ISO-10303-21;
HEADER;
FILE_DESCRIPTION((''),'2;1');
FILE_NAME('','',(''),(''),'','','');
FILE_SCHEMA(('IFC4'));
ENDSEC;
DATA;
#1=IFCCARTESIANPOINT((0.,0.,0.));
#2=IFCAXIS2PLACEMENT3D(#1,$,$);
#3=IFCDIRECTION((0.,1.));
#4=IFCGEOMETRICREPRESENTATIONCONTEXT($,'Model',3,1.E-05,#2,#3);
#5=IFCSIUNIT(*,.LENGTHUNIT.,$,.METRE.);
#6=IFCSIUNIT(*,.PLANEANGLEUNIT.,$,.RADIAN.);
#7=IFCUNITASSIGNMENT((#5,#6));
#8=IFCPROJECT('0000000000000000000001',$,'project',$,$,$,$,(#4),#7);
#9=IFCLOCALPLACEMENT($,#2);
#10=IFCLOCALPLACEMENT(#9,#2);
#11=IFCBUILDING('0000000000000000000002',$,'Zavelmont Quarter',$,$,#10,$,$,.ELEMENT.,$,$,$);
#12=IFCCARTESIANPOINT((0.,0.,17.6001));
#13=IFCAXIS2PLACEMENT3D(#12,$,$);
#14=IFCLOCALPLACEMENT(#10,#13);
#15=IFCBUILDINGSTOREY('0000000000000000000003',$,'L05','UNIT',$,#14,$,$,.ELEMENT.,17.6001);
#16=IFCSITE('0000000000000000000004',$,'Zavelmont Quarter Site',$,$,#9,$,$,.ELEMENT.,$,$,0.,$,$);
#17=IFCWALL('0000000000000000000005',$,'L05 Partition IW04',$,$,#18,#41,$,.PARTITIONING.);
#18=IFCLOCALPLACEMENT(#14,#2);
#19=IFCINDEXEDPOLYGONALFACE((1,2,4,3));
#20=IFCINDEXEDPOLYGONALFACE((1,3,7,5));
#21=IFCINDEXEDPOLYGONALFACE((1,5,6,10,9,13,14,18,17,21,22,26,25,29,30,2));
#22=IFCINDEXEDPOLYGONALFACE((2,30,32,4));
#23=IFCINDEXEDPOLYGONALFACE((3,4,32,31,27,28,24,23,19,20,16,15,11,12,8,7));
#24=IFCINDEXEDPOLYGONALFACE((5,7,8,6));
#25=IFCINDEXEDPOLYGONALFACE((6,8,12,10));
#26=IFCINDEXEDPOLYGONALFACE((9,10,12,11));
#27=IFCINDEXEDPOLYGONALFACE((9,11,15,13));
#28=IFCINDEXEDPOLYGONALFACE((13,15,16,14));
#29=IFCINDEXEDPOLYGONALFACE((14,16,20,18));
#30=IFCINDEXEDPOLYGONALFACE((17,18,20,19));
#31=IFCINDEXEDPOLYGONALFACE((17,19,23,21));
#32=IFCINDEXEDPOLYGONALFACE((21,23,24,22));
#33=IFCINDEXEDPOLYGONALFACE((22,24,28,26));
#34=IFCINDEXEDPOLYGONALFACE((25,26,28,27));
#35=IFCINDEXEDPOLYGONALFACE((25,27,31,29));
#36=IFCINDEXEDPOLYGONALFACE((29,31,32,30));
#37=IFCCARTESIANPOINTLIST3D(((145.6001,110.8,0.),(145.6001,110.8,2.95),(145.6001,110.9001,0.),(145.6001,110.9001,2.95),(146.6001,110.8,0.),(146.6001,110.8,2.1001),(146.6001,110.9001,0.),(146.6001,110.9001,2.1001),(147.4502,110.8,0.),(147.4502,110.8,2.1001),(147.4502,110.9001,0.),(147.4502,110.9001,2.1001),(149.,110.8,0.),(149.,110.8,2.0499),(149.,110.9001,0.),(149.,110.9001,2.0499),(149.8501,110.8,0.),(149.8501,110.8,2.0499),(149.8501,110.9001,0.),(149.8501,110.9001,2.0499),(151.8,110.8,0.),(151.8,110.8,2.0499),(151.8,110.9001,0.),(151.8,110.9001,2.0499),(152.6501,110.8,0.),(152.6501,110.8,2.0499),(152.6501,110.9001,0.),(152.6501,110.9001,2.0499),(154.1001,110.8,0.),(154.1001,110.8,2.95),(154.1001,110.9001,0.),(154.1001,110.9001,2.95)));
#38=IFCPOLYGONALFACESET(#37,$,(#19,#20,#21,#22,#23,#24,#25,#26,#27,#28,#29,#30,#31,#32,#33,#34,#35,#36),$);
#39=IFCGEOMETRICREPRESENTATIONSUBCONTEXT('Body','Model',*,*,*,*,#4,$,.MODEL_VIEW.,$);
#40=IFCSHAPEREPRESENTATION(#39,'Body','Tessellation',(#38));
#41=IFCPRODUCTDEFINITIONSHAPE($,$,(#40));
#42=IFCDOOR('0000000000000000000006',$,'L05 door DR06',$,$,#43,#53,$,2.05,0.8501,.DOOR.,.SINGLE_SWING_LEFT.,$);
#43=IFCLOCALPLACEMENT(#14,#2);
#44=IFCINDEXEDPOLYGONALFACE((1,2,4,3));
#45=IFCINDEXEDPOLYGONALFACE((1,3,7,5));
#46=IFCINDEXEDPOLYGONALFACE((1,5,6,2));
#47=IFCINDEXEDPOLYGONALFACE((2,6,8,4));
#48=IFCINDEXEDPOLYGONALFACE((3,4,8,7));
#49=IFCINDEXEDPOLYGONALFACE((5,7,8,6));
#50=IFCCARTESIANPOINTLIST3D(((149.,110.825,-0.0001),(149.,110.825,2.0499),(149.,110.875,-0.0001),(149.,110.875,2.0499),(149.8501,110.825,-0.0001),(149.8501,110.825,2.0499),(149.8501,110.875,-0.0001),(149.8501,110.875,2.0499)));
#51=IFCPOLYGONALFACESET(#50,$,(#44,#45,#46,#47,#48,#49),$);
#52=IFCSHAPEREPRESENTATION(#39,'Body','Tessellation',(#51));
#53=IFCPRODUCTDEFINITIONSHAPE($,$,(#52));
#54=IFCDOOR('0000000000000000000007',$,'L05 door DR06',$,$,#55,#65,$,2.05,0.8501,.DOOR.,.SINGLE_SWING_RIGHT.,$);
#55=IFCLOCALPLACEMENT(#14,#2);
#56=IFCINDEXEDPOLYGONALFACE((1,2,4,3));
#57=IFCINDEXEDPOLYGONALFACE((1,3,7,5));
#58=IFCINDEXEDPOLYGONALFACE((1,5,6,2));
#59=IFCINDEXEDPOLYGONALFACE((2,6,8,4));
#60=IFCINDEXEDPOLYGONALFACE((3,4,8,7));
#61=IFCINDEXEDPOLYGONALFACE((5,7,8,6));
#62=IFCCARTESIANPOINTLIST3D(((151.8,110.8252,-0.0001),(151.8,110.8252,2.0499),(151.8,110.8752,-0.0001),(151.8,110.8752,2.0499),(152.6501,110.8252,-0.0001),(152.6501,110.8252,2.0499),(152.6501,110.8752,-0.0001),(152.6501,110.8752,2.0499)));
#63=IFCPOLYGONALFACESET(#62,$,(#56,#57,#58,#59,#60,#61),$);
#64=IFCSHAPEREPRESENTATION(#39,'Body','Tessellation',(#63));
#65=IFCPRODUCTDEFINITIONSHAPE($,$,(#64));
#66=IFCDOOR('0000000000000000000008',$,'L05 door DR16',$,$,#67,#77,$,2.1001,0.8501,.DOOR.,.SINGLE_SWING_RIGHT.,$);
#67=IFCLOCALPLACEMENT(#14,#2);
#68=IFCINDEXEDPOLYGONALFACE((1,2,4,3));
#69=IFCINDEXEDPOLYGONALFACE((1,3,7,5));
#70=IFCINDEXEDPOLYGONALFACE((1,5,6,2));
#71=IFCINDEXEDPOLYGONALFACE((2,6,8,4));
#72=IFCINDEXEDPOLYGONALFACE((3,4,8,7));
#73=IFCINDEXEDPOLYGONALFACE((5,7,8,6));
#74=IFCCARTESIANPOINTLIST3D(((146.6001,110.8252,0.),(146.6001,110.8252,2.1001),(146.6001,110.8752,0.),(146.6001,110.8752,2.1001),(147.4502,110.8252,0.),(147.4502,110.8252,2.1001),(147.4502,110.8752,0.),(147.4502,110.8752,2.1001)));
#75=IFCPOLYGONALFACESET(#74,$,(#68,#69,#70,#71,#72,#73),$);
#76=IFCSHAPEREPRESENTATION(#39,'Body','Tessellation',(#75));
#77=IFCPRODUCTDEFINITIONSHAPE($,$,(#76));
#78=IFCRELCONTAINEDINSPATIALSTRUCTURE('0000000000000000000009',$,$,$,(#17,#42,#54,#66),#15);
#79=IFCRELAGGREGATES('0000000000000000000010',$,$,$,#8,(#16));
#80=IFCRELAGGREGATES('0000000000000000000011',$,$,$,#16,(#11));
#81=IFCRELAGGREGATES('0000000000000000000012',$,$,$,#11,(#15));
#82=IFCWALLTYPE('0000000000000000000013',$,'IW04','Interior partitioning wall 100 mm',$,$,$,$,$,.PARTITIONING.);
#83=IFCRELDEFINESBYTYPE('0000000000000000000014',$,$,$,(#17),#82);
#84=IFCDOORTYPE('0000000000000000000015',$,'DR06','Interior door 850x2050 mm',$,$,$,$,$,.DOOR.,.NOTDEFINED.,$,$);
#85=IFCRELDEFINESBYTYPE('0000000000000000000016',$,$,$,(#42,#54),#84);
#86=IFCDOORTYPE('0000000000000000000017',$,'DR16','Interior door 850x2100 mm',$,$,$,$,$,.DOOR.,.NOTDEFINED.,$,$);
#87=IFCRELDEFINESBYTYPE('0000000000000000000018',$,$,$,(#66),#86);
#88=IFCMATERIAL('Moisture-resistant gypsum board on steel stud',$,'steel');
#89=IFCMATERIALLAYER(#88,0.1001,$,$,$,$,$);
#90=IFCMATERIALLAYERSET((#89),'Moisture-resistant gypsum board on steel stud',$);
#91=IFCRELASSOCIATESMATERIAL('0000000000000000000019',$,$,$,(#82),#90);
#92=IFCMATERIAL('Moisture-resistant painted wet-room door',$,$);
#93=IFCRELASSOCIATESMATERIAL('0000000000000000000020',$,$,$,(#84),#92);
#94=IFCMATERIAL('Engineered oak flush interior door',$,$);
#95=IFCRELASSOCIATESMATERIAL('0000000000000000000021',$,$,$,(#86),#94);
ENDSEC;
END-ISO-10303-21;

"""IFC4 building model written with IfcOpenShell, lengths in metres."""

from ifc_helpers import new_model, si_unit, direction, frame, frame_2d, origin, origin_with_axes, place, context, subcontext, project, spatial, rectangle, extrude, material, layer, layer_set, type_object, element, fill, save


model = new_model("IFC4")

# Units and contexts
model_context = context("Model", 3, precision=1e-05, world=origin(), true_north=direction((0.0, 1.0)))
body_context = subcontext(model_context, "Body", "Model", "MODEL_VIEW")
ifc_project = project(units=[si_unit("LENGTHUNIT", "METRE"), si_unit("PLANEANGLEUNIT", "RADIAN")], contexts=[model_context])

# Site, building, storey
site_placement = place(None, origin())
site = spatial("IfcSite", under=ifc_project, at=site_placement, Name="Zavelmont Quarter Site", CompositionType="ELEMENT", RefElevation=0.0)
building_placement = place(site_placement, origin())
building = spatial("IfcBuilding", under=site, at=building_placement, Name="Zavelmont Quarter", CompositionType="ELEMENT")
storey_placement = place(building_placement, frame((0.0, 0.0, 17.6001)))
storey = spatial("IfcBuildingStorey", under=building, at=storey_placement, Name="L05", Description="UNIT", CompositionType="ELEMENT", Elevation=17.6001)

# Shared definitions
ifc_material_1 = material(Name="Engineered oak flush interior door")

# Shared definitions
ifc_material_2 = material(Name="Moisture-resistant gypsum board on steel stud", Category="steel")
ifc_layer_1 = layer(ifc_material_2, 0.1001)
ifc_layer_set_1 = layer_set([ifc_layer_1], Name="Moisture-resistant gypsum board on steel stud")
wall_type_1 = type_object("IfcWallType", Name="IW04", Description="Interior partitioning wall 100 mm", PredefinedType="PARTITIONING", material=ifc_layer_set_1)

# Wall, openings, doors
wall_1_placement = place(storey_placement, frame((145.6001, 110.8501, 0.0), z_axis=(0.0, 0.0, 1.0), x_axis=(1.0, 0.0, 0.0)))
wall_1 = element("IfcWall", 1, at=wall_1_placement, inside=storey, type_object=wall_type_1, Name="L05 Partition IW04", PredefinedType="PARTITIONING", context=body_context, shape_type="SweptSolid", body=[
    extrude(rectangle(XDim=8.5, YDim=0.1001, at=frame_2d((4.25, 0.0))), origin(), (0.0, 0.0, 1.0), 2.95),
])
opening_1_placement = place(wall_1_placement, frame((1.0, 0.0, 0.0)))
opening_1 = element("IfcOpeningElement", 2, at=opening_1_placement, cuts=wall_1, PredefinedType="OPENING", context=body_context, shape_type="SweptSolid", body=[
    extrude(rectangle(XDim=0.8501, YDim=2.1001, at=frame_2d((0.425, 1.05))), frame((0.0, 0.062, 0.0), z_axis=(0.0, -1.0, 0.0), x_axis=(1.0, 0.0, 0.0)), (0.0, 0.0, 1.0), 0.124),
])
opening_2_placement = place(wall_1_placement, frame((3.3999, 0.0, 0.0)))
opening_2 = element("IfcOpeningElement", 3, at=opening_2_placement, cuts=wall_1, PredefinedType="OPENING", context=body_context, shape_type="SweptSolid", body=[
    extrude(rectangle(XDim=0.8501, YDim=2.05, at=frame_2d((0.425, 1.0249))), frame((0.0, 0.062, 0.0), z_axis=(0.0, -1.0, 0.0), x_axis=(1.0, 0.0, 0.0)), (0.0, 0.0, 1.0), 0.124),
])
opening_3_placement = place(wall_1_placement, frame((6.2, 0.0, 0.0)))
opening_3 = element("IfcOpeningElement", 4, at=opening_3_placement, cuts=wall_1, PredefinedType="OPENING", context=body_context, shape_type="SweptSolid", body=[
    extrude(rectangle(XDim=0.8501, YDim=2.05, at=frame_2d((0.425, 1.0249))), frame((0.0, 0.062, 0.0), z_axis=(0.0, -1.0, 0.0), x_axis=(1.0, 0.0, 0.0)), (0.0, 0.0, 1.0), 0.124),
])
ifc_material_3 = material(Name="Moisture-resistant painted wet-room door")
door_type_1 = type_object("IfcDoorType", Name="DR06", Description="Interior door 850x2050 mm", OperationType="NOTDEFINED", PredefinedType="DOOR", material=ifc_material_3)
door_1_placement = place(opening_2_placement, origin_with_axes())
door_1 = element("IfcDoor", 5, at=door_1_placement, inside=storey, type_object=door_type_1, Name="L05 door DR06", OperationType="SINGLE_SWING_LEFT", OverallHeight=2.05, OverallWidth=0.8501, PredefinedType="DOOR", context=body_context, shape_type="SweptSolid", body=[
    extrude(rectangle(XDim=0.8501, YDim=2.05, at=frame_2d((0.425, 1.0249))), frame((0.0, 0.0249, 0.0), z_axis=(0.0, -1.0, 0.0), x_axis=(1.0, 0.0, 0.0)), (0.0, 0.0, 1.0), 0.05),
])
fill(opening_2, door_1)
door_2_placement = place(opening_3_placement, frame((0.8501, 0.0, 0.0), z_axis=(0.0, 0.0, 1.0), x_axis=(-1.0, 0.0, 0.0)))
door_2 = element("IfcDoor", 6, at=door_2_placement, inside=storey, type_object=door_type_1, Name="L05 door DR06", OperationType="SINGLE_SWING_RIGHT", OverallHeight=2.05, OverallWidth=0.8501, PredefinedType="DOOR", context=body_context, shape_type="SweptSolid", body=[
    extrude(rectangle(XDim=0.8501, YDim=2.05, at=frame_2d((0.425, 1.0249))), frame((0.0, 0.0249, 0.0), z_axis=(0.0, -1.0, 0.0), x_axis=(1.0, 0.0, 0.0)), (0.0, 0.0, 1.0), 0.05),
])
fill(opening_3, door_2)
door_type_2 = type_object("IfcDoorType", Name="DR16", Description="Interior door 850x2100 mm", OperationType="NOTDEFINED", PredefinedType="DOOR", material=ifc_material_1)
door_3_placement = place(opening_1_placement, frame((0.8501, 0.0, 0.0), z_axis=(0.0, 0.0, 1.0), x_axis=(-1.0, 0.0, 0.0)))
door_3 = element("IfcDoor", 7, at=door_3_placement, inside=storey, type_object=door_type_2, Name="L05 door DR16", OperationType="SINGLE_SWING_RIGHT", OverallHeight=2.1001, OverallWidth=0.8501, PredefinedType="DOOR", context=body_context, shape_type="SweptSolid", body=[
    extrude(rectangle(XDim=0.8501, YDim=2.1001, at=frame_2d((0.425, 1.05))), frame((0.0, 0.0249, 0.0), z_axis=(0.0, -1.0, 0.0), x_axis=(1.0, 0.0, 0.0)), (0.0, 0.0, 1.0), 0.05),
])
fill(opening_1, door_3)

save(model, "model.ifc")
